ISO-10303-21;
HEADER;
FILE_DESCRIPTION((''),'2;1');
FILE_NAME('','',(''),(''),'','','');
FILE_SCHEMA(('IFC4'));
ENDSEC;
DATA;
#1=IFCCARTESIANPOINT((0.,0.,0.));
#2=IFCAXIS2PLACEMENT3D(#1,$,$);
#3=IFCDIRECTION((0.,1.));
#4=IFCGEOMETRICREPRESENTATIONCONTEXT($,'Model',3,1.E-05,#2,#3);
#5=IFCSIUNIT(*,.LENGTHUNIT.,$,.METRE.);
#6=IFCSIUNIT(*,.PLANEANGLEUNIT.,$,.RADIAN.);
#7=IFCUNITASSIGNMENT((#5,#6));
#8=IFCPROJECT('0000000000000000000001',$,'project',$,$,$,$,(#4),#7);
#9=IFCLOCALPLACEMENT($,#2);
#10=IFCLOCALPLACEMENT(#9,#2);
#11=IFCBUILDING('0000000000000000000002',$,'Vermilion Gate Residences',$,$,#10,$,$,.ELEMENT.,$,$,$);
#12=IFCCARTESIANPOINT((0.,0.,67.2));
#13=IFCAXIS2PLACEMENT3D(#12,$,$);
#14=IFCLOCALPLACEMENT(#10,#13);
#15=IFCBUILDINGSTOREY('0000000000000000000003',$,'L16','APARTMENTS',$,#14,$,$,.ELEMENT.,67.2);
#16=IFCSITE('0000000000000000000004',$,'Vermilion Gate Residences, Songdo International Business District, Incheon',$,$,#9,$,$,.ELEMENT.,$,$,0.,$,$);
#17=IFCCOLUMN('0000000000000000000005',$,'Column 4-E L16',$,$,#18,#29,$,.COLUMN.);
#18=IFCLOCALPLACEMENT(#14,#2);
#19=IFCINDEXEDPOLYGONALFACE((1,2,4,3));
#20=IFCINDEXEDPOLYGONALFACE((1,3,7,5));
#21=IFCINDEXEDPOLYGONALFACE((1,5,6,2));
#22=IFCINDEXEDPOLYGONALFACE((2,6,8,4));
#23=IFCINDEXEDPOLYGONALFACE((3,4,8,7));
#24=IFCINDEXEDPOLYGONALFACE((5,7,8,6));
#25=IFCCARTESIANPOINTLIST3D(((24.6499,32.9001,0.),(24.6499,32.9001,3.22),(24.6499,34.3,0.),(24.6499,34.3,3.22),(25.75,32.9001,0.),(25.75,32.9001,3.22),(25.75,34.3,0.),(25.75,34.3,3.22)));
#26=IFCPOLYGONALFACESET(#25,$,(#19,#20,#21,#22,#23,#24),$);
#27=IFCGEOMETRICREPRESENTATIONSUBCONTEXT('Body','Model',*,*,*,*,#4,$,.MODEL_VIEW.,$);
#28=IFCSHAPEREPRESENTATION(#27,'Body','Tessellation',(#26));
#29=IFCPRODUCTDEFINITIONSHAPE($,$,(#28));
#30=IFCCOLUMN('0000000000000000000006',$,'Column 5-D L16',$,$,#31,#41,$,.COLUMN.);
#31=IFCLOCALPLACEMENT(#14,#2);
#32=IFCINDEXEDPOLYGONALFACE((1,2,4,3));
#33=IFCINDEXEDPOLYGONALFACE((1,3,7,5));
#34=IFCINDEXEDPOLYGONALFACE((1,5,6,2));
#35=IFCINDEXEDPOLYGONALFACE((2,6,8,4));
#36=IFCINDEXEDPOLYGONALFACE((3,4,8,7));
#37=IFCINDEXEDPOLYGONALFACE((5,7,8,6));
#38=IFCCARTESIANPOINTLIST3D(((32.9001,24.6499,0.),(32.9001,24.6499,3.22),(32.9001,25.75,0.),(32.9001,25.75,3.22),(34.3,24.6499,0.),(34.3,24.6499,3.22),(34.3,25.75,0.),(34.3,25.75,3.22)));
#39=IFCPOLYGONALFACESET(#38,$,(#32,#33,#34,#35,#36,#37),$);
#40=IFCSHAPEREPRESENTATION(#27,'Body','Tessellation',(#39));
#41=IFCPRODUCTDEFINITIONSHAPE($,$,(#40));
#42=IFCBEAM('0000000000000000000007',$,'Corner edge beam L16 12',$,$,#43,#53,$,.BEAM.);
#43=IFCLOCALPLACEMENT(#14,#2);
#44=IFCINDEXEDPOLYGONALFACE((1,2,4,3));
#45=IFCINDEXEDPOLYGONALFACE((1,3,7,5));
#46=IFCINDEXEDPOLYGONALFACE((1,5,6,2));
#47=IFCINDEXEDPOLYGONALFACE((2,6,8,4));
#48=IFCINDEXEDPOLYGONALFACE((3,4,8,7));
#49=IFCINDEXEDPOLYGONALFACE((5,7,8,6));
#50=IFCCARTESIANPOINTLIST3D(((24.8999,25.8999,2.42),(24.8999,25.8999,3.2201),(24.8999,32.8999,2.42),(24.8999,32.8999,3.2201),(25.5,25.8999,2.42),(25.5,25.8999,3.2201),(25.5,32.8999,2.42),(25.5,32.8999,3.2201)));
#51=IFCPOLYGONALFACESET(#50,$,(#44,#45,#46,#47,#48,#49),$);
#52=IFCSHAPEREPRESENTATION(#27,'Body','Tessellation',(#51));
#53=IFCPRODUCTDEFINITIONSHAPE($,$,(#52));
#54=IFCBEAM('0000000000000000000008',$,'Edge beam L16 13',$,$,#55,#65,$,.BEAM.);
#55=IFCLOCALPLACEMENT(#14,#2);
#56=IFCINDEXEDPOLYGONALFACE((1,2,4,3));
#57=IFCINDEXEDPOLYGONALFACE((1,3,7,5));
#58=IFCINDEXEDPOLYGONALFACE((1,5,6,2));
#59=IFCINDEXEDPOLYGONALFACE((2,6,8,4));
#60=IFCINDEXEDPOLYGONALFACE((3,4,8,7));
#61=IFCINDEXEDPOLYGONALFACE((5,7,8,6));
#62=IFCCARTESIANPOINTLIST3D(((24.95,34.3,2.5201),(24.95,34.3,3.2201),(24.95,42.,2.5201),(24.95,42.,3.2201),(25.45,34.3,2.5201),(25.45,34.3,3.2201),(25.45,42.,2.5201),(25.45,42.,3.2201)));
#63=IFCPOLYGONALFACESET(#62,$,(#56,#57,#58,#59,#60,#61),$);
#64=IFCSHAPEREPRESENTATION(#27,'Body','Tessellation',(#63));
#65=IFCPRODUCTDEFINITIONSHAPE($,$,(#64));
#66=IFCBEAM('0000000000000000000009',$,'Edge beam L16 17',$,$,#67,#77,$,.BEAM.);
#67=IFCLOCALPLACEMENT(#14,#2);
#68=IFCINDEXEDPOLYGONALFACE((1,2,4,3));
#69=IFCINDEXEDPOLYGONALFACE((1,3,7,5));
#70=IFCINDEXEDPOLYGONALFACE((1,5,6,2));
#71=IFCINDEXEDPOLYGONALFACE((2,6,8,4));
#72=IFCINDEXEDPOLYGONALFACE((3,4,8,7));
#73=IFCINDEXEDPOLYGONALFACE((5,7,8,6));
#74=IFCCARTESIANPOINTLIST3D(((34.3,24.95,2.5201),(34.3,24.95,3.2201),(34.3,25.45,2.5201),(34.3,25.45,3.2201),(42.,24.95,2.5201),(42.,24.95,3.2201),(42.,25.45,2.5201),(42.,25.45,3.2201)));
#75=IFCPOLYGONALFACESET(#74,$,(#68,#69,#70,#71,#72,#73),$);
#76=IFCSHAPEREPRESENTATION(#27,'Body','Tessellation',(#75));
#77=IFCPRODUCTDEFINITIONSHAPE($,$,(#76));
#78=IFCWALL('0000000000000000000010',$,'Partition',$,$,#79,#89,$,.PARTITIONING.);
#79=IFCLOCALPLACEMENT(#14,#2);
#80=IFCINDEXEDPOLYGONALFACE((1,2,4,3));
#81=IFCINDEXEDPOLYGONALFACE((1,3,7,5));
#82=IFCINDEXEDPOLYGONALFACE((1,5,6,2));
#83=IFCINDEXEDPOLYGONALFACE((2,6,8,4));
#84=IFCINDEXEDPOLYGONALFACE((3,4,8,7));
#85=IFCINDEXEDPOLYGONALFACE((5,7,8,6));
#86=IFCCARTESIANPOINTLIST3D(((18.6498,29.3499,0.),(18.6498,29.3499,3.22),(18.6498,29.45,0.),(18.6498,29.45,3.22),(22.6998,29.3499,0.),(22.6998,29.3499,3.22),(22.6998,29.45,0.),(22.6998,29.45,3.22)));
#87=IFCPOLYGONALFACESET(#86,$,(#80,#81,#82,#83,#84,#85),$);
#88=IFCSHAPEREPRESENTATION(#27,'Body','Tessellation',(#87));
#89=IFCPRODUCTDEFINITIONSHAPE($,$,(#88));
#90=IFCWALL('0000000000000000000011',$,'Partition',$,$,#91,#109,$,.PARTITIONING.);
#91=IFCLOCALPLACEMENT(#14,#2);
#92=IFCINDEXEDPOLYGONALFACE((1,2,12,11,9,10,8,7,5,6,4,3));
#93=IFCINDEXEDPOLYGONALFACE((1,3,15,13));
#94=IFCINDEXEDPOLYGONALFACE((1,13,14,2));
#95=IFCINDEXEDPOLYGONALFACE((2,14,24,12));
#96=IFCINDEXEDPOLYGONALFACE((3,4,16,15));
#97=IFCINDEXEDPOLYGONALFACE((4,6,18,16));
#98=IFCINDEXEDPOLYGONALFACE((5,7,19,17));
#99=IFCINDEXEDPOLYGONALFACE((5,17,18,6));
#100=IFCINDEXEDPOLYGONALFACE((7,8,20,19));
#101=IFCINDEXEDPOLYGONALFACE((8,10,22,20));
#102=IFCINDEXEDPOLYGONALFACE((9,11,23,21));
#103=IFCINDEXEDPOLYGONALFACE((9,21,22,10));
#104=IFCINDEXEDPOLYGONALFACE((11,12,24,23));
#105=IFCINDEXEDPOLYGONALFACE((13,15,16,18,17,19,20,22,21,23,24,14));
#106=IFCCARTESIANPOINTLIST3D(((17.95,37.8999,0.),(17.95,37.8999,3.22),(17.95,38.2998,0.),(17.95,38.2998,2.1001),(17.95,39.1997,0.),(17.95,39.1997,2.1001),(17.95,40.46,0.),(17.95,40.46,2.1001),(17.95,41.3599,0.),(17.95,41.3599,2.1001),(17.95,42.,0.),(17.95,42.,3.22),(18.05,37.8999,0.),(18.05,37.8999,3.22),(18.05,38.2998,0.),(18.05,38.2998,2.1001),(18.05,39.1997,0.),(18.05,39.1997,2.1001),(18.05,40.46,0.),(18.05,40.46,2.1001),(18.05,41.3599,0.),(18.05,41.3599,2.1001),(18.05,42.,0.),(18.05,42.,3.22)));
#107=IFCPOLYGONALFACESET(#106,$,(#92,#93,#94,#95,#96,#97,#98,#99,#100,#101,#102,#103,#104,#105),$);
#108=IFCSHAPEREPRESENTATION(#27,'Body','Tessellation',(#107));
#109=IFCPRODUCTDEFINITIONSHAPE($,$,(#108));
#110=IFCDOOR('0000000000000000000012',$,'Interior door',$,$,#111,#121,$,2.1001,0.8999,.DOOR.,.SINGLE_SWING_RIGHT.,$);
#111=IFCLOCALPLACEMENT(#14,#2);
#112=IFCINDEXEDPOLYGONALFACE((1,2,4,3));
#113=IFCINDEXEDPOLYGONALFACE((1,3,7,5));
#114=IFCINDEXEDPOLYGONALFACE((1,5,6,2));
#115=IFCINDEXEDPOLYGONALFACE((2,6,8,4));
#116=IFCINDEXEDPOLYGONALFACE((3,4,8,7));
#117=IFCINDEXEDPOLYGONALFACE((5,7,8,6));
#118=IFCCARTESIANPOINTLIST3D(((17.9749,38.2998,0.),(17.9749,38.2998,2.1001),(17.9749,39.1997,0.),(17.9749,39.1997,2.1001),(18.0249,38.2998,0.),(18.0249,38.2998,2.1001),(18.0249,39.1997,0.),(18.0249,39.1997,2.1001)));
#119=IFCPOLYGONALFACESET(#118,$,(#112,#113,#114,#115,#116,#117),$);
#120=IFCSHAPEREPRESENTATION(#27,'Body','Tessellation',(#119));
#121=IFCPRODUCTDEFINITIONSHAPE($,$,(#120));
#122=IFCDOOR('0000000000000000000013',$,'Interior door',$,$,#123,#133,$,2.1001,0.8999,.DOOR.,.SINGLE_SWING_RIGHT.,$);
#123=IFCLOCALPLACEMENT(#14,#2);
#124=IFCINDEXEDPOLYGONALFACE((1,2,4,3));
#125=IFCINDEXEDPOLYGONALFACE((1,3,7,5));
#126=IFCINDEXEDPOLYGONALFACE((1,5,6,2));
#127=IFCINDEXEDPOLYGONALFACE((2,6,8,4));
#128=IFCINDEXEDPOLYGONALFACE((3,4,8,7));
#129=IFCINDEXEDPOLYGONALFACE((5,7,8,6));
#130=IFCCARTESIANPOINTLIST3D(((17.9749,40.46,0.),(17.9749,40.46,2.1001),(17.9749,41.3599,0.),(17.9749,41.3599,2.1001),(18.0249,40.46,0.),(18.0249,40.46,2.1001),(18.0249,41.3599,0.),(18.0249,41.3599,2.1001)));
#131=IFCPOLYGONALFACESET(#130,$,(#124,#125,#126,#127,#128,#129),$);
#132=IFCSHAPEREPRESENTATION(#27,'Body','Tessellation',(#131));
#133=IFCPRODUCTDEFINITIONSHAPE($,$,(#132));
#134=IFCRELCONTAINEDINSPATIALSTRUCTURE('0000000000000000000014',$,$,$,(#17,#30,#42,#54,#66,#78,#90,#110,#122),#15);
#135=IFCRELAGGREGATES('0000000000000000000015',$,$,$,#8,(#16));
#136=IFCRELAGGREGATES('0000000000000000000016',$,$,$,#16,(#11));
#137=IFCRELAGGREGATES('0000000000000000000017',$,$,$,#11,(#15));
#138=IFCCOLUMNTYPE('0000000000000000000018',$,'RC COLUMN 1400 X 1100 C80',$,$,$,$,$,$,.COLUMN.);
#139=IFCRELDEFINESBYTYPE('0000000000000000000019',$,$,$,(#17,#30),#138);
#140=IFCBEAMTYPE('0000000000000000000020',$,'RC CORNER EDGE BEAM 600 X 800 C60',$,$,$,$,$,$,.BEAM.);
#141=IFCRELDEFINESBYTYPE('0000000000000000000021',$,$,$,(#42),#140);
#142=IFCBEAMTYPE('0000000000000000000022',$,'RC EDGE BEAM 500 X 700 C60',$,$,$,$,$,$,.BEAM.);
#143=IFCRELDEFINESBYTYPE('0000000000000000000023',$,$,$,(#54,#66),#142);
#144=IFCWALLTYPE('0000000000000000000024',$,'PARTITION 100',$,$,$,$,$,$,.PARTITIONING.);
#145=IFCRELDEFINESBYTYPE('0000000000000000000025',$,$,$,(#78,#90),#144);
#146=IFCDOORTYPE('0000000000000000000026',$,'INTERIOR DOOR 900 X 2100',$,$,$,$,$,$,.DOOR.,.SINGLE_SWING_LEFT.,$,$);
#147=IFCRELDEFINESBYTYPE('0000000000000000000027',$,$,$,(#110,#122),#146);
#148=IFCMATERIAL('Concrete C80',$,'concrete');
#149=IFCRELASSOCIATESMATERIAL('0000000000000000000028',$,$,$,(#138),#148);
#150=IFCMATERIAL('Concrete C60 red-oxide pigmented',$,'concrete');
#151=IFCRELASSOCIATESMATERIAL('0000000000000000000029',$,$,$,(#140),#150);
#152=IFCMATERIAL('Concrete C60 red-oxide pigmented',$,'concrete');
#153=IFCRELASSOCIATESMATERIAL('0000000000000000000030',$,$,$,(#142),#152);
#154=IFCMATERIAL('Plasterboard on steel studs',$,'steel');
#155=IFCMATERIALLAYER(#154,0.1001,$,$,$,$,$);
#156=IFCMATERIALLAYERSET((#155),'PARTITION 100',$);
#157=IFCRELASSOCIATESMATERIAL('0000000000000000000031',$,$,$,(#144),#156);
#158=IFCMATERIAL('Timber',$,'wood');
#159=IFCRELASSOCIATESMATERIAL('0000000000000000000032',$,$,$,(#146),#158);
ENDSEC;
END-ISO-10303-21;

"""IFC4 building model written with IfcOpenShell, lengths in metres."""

from ifc_helpers import new_model, si_unit, direction, frame, frame_2d, origin, origin_2d, place, context, subcontext, project, spatial, rectangle, extrude, material, layer, layer_set, material_profile, profile_set, type_object, element, fill, save


model = new_model("IFC4")

# Units and contexts
model_context = context("Model", 3, precision=1e-05, world=origin(), true_north=direction((0.0, 1.0)))
body_context = subcontext(model_context, "Body", "Model", "MODEL_VIEW")
ifc_project = project(units=[si_unit("LENGTHUNIT", "METRE"), si_unit("PLANEANGLEUNIT", "RADIAN")], contexts=[model_context])

# Site, building, storey
site_placement = place(None, origin())
site = spatial("IfcSite", under=ifc_project, at=site_placement, Name="Vermilion Gate Residences, Songdo International Business District, Incheon", CompositionType="ELEMENT", RefElevation=0.0)
building_placement = place(site_placement, origin())
building = spatial("IfcBuilding", under=site, at=building_placement, Name="Vermilion Gate Residences", CompositionType="ELEMENT")
storey_placement = place(building_placement, frame((0.0, 0.0, 67.2)))
storey = spatial("IfcBuildingStorey", under=building, at=storey_placement, Name="L16", Description="APARTMENTS", CompositionType="ELEMENT", Elevation=67.2)

# Columns
ifc_material_1 = material(Name="Concrete C80", Category="concrete")
ifc_material_profile_1 = material_profile(ifc_material_1, rectangle(XDim=1.3999, YDim=1.1001, at=origin_2d()), Name="RC-1400x1100")
ifc_profile_set_1 = profile_set([ifc_material_profile_1], Name="Concrete C80")
column_type = type_object("IfcColumnType", Name="RC COLUMN 1400 X 1100 C80", PredefinedType="COLUMN", material=ifc_profile_set_1)
for number, where, z_axis, x_axis, name in (
    (1, (25.2, 33.6001, 0.0), (0.0, 0.0, 1.0), (0.0, 1.0, 0.0), "Column 4-E L16"),
    (2, (33.6001, 25.2, 0.0), (0.0, 0.0, 1.0), (1.0, 0.0, 0.0), "Column 5-D L16"),
):
    element("IfcColumn", number, at=place(storey_placement, frame(where, z_axis=z_axis, x_axis=x_axis)), inside=storey, type_object=column_type, Name=name, PredefinedType="COLUMN", context=body_context, shape_type="SweptSolid", body=[
        extrude(rectangle(XDim=1.3999, YDim=1.1001, at=origin_2d()), origin(), (0.0, 0.0, 1.0), 3.22),
    ])

# Beams
ifc_material_2 = material(Name="Concrete C60 red-oxide pigmented", Category="concrete")
ifc_material_profile_2 = material_profile(ifc_material_2, rectangle(XDim=0.6001, YDim=0.8, at=origin_2d()), Name="RC-600x800")
ifc_profile_set_2 = profile_set([ifc_material_profile_2], Name="Concrete C60 red-oxide pigmented")
beam_type_1 = type_object("IfcBeamType", Name="RC CORNER EDGE BEAM 600 X 800 C60", PredefinedType="BEAM", material=ifc_profile_set_2)
beam_placement = place(storey_placement, frame((25.2, 25.8999, 2.8201), z_axis=(0.0, 1.0, 0.0), x_axis=(-1.0, 0.0, 0.0)))
element("IfcBeam", 3, at=beam_placement, inside=storey, type_object=beam_type_1, Name="Corner edge beam L16 12", PredefinedType="BEAM", context=body_context, shape_type="SweptSolid", body=[
    extrude(rectangle(XDim=0.6001, YDim=0.8, at=origin_2d()), origin(), (0.0, 0.0, 1.0), 7.0),
])
ifc_material_3 = material(Name="Concrete C60 red-oxide pigmented", Category="concrete")
ifc_material_profile_3 = material_profile(ifc_material_3, rectangle(XDim=0.5, YDim=0.7, at=origin_2d()), Name="RC-500x700")
ifc_profile_set_3 = profile_set([ifc_material_profile_3], Name="Concrete C60 red-oxide pigmented")
beam_type_2 = type_object("IfcBeamType", Name="RC EDGE BEAM 500 X 700 C60", PredefinedType="BEAM", material=ifc_profile_set_3)
for number, where, z_axis, x_axis, name in (
    (4, (25.2, 34.3, 2.8701), (0.0, 1.0, 0.0), (-1.0, 0.0, 0.0), "Edge beam L16 13"),
    (5, (34.3, 25.2, 2.8701), (1.0, 0.0, 0.0), (0.0, 1.0, 0.0), "Edge beam L16 17"),
):
    element("IfcBeam", number, at=place(storey_placement, frame(where, z_axis=z_axis, x_axis=x_axis)), inside=storey, type_object=beam_type_2, Name=name, PredefinedType="BEAM", context=body_context, shape_type="SweptSolid", body=[
        extrude(rectangle(XDim=0.5, YDim=0.7, at=origin_2d()), origin(), (0.0, 0.0, 1.0), 7.7),
    ])

# Wall
ifc_material_4 = material(Name="Plasterboard on steel studs", Category="steel")
ifc_layer = layer(ifc_material_4, 0.1001)
ifc_layer_set = layer_set([ifc_layer], Name="PARTITION 100")
wall_type = type_object("IfcWallType", Name="PARTITION 100", PredefinedType="PARTITIONING", material=ifc_layer_set)
wall_1_placement = place(storey_placement, frame((18.6499, 29.3999, 0.0), z_axis=(0.0, 0.0, 1.0), x_axis=(1.0, 0.0, 0.0)))
element("IfcWall", 6, at=wall_1_placement, inside=storey, type_object=wall_type, Name="Partition", PredefinedType="PARTITIONING", context=body_context, shape_type="SweptSolid", body=[
    extrude(rectangle(XDim=4.05, YDim=0.1001, at=frame_2d((2.0249, 0.0))), origin(), (0.0, 0.0, 1.0), 3.22),
])

# Wall, openings, doors
wall_2_placement = place(storey_placement, frame((18.0, 37.8999, 0.0), z_axis=(0.0, 0.0, 1.0), x_axis=(0.0, 1.0, 0.0)))
wall_2 = element("IfcWall", 7, at=wall_2_placement, inside=storey, type_object=wall_type, Name="Partition", PredefinedType="PARTITIONING", context=body_context, shape_type="SweptSolid", body=[
    extrude(rectangle(XDim=4.1001, YDim=0.1001, at=frame_2d((2.05, 0.0))), origin(), (0.0, 0.0, 1.0), 3.22),
])
opening_1_placement = place(wall_2_placement, frame((0.3999, 0.0, 0.0)))
opening_1 = element("IfcOpeningElement", 8, at=opening_1_placement, cuts=wall_2, PredefinedType="OPENING", context=body_context, shape_type="SweptSolid", body=[
    extrude(rectangle(XDim=0.8999, YDim=2.1001, at=frame_2d((0.45, 1.05))), frame((0.0, 0.0601, 0.0), z_axis=(0.0, -1.0, 0.0), x_axis=(1.0, 0.0, 0.0)), (0.0, 0.0, 1.0), 0.1201),
])
opening_2_placement = place(wall_2_placement, frame((2.5601, 0.0, 0.0)))
opening_2 = element("IfcOpeningElement", 9, at=opening_2_placement, cuts=wall_2, PredefinedType="OPENING", context=body_context, shape_type="SweptSolid", body=[
    extrude(rectangle(XDim=0.8999, YDim=2.1001, at=frame_2d((0.45, 1.05))), frame((0.0, 0.0601, 0.0), z_axis=(0.0, -1.0, 0.0), x_axis=(1.0, 0.0, 0.0)), (0.0, 0.0, 1.0), 0.1201),
])
ifc_material_5 = material(Name="Timber", Category="wood")
door_type = type_object("IfcDoorType", Name="INTERIOR DOOR 900 X 2100", OperationType="SINGLE_SWING_LEFT", PredefinedType="DOOR", material=ifc_material_5)
door_1_placement = place(opening_1_placement, frame((0.8999, 0.0, 0.0), z_axis=(0.0, 0.0, 1.0), x_axis=(-1.0, 0.0, 0.0)))
door_1 = element("IfcDoor", 10, at=door_1_placement, inside=storey, type_object=door_type, Name="Interior door", OperationType="SINGLE_SWING_RIGHT", OverallHeight=2.1001, OverallWidth=0.8999, PredefinedType="DOOR", context=body_context, shape_type="SweptSolid", body=[
    extrude(rectangle(XDim=0.8999, YDim=2.1001, at=frame_2d((0.45, 1.05))), frame((0.0, 0.0249, 0.0), z_axis=(0.0, -1.0, 0.0), x_axis=(1.0, 0.0, 0.0)), (0.0, 0.0, 1.0), 0.05),
])
fill(opening_1, door_1)
door_2_placement = place(opening_2_placement, frame((0.8999, 0.0, 0.0), z_axis=(0.0, 0.0, 1.0), x_axis=(-1.0, 0.0, 0.0)))
door_2 = element("IfcDoor", 11, at=door_2_placement, inside=storey, type_object=door_type, Name="Interior door", OperationType="SINGLE_SWING_RIGHT", OverallHeight=2.1001, OverallWidth=0.8999, PredefinedType="DOOR", context=body_context, shape_type="SweptSolid", body=[
    extrude(rectangle(XDim=0.8999, YDim=2.1001, at=frame_2d((0.45, 1.05))), frame((0.0, 0.0249, 0.0), z_axis=(0.0, -1.0, 0.0), x_axis=(1.0, 0.0, 0.0)), (0.0, 0.0, 1.0), 0.05),
])
fill(opening_2, door_2)

save(model, "model.ifc")
